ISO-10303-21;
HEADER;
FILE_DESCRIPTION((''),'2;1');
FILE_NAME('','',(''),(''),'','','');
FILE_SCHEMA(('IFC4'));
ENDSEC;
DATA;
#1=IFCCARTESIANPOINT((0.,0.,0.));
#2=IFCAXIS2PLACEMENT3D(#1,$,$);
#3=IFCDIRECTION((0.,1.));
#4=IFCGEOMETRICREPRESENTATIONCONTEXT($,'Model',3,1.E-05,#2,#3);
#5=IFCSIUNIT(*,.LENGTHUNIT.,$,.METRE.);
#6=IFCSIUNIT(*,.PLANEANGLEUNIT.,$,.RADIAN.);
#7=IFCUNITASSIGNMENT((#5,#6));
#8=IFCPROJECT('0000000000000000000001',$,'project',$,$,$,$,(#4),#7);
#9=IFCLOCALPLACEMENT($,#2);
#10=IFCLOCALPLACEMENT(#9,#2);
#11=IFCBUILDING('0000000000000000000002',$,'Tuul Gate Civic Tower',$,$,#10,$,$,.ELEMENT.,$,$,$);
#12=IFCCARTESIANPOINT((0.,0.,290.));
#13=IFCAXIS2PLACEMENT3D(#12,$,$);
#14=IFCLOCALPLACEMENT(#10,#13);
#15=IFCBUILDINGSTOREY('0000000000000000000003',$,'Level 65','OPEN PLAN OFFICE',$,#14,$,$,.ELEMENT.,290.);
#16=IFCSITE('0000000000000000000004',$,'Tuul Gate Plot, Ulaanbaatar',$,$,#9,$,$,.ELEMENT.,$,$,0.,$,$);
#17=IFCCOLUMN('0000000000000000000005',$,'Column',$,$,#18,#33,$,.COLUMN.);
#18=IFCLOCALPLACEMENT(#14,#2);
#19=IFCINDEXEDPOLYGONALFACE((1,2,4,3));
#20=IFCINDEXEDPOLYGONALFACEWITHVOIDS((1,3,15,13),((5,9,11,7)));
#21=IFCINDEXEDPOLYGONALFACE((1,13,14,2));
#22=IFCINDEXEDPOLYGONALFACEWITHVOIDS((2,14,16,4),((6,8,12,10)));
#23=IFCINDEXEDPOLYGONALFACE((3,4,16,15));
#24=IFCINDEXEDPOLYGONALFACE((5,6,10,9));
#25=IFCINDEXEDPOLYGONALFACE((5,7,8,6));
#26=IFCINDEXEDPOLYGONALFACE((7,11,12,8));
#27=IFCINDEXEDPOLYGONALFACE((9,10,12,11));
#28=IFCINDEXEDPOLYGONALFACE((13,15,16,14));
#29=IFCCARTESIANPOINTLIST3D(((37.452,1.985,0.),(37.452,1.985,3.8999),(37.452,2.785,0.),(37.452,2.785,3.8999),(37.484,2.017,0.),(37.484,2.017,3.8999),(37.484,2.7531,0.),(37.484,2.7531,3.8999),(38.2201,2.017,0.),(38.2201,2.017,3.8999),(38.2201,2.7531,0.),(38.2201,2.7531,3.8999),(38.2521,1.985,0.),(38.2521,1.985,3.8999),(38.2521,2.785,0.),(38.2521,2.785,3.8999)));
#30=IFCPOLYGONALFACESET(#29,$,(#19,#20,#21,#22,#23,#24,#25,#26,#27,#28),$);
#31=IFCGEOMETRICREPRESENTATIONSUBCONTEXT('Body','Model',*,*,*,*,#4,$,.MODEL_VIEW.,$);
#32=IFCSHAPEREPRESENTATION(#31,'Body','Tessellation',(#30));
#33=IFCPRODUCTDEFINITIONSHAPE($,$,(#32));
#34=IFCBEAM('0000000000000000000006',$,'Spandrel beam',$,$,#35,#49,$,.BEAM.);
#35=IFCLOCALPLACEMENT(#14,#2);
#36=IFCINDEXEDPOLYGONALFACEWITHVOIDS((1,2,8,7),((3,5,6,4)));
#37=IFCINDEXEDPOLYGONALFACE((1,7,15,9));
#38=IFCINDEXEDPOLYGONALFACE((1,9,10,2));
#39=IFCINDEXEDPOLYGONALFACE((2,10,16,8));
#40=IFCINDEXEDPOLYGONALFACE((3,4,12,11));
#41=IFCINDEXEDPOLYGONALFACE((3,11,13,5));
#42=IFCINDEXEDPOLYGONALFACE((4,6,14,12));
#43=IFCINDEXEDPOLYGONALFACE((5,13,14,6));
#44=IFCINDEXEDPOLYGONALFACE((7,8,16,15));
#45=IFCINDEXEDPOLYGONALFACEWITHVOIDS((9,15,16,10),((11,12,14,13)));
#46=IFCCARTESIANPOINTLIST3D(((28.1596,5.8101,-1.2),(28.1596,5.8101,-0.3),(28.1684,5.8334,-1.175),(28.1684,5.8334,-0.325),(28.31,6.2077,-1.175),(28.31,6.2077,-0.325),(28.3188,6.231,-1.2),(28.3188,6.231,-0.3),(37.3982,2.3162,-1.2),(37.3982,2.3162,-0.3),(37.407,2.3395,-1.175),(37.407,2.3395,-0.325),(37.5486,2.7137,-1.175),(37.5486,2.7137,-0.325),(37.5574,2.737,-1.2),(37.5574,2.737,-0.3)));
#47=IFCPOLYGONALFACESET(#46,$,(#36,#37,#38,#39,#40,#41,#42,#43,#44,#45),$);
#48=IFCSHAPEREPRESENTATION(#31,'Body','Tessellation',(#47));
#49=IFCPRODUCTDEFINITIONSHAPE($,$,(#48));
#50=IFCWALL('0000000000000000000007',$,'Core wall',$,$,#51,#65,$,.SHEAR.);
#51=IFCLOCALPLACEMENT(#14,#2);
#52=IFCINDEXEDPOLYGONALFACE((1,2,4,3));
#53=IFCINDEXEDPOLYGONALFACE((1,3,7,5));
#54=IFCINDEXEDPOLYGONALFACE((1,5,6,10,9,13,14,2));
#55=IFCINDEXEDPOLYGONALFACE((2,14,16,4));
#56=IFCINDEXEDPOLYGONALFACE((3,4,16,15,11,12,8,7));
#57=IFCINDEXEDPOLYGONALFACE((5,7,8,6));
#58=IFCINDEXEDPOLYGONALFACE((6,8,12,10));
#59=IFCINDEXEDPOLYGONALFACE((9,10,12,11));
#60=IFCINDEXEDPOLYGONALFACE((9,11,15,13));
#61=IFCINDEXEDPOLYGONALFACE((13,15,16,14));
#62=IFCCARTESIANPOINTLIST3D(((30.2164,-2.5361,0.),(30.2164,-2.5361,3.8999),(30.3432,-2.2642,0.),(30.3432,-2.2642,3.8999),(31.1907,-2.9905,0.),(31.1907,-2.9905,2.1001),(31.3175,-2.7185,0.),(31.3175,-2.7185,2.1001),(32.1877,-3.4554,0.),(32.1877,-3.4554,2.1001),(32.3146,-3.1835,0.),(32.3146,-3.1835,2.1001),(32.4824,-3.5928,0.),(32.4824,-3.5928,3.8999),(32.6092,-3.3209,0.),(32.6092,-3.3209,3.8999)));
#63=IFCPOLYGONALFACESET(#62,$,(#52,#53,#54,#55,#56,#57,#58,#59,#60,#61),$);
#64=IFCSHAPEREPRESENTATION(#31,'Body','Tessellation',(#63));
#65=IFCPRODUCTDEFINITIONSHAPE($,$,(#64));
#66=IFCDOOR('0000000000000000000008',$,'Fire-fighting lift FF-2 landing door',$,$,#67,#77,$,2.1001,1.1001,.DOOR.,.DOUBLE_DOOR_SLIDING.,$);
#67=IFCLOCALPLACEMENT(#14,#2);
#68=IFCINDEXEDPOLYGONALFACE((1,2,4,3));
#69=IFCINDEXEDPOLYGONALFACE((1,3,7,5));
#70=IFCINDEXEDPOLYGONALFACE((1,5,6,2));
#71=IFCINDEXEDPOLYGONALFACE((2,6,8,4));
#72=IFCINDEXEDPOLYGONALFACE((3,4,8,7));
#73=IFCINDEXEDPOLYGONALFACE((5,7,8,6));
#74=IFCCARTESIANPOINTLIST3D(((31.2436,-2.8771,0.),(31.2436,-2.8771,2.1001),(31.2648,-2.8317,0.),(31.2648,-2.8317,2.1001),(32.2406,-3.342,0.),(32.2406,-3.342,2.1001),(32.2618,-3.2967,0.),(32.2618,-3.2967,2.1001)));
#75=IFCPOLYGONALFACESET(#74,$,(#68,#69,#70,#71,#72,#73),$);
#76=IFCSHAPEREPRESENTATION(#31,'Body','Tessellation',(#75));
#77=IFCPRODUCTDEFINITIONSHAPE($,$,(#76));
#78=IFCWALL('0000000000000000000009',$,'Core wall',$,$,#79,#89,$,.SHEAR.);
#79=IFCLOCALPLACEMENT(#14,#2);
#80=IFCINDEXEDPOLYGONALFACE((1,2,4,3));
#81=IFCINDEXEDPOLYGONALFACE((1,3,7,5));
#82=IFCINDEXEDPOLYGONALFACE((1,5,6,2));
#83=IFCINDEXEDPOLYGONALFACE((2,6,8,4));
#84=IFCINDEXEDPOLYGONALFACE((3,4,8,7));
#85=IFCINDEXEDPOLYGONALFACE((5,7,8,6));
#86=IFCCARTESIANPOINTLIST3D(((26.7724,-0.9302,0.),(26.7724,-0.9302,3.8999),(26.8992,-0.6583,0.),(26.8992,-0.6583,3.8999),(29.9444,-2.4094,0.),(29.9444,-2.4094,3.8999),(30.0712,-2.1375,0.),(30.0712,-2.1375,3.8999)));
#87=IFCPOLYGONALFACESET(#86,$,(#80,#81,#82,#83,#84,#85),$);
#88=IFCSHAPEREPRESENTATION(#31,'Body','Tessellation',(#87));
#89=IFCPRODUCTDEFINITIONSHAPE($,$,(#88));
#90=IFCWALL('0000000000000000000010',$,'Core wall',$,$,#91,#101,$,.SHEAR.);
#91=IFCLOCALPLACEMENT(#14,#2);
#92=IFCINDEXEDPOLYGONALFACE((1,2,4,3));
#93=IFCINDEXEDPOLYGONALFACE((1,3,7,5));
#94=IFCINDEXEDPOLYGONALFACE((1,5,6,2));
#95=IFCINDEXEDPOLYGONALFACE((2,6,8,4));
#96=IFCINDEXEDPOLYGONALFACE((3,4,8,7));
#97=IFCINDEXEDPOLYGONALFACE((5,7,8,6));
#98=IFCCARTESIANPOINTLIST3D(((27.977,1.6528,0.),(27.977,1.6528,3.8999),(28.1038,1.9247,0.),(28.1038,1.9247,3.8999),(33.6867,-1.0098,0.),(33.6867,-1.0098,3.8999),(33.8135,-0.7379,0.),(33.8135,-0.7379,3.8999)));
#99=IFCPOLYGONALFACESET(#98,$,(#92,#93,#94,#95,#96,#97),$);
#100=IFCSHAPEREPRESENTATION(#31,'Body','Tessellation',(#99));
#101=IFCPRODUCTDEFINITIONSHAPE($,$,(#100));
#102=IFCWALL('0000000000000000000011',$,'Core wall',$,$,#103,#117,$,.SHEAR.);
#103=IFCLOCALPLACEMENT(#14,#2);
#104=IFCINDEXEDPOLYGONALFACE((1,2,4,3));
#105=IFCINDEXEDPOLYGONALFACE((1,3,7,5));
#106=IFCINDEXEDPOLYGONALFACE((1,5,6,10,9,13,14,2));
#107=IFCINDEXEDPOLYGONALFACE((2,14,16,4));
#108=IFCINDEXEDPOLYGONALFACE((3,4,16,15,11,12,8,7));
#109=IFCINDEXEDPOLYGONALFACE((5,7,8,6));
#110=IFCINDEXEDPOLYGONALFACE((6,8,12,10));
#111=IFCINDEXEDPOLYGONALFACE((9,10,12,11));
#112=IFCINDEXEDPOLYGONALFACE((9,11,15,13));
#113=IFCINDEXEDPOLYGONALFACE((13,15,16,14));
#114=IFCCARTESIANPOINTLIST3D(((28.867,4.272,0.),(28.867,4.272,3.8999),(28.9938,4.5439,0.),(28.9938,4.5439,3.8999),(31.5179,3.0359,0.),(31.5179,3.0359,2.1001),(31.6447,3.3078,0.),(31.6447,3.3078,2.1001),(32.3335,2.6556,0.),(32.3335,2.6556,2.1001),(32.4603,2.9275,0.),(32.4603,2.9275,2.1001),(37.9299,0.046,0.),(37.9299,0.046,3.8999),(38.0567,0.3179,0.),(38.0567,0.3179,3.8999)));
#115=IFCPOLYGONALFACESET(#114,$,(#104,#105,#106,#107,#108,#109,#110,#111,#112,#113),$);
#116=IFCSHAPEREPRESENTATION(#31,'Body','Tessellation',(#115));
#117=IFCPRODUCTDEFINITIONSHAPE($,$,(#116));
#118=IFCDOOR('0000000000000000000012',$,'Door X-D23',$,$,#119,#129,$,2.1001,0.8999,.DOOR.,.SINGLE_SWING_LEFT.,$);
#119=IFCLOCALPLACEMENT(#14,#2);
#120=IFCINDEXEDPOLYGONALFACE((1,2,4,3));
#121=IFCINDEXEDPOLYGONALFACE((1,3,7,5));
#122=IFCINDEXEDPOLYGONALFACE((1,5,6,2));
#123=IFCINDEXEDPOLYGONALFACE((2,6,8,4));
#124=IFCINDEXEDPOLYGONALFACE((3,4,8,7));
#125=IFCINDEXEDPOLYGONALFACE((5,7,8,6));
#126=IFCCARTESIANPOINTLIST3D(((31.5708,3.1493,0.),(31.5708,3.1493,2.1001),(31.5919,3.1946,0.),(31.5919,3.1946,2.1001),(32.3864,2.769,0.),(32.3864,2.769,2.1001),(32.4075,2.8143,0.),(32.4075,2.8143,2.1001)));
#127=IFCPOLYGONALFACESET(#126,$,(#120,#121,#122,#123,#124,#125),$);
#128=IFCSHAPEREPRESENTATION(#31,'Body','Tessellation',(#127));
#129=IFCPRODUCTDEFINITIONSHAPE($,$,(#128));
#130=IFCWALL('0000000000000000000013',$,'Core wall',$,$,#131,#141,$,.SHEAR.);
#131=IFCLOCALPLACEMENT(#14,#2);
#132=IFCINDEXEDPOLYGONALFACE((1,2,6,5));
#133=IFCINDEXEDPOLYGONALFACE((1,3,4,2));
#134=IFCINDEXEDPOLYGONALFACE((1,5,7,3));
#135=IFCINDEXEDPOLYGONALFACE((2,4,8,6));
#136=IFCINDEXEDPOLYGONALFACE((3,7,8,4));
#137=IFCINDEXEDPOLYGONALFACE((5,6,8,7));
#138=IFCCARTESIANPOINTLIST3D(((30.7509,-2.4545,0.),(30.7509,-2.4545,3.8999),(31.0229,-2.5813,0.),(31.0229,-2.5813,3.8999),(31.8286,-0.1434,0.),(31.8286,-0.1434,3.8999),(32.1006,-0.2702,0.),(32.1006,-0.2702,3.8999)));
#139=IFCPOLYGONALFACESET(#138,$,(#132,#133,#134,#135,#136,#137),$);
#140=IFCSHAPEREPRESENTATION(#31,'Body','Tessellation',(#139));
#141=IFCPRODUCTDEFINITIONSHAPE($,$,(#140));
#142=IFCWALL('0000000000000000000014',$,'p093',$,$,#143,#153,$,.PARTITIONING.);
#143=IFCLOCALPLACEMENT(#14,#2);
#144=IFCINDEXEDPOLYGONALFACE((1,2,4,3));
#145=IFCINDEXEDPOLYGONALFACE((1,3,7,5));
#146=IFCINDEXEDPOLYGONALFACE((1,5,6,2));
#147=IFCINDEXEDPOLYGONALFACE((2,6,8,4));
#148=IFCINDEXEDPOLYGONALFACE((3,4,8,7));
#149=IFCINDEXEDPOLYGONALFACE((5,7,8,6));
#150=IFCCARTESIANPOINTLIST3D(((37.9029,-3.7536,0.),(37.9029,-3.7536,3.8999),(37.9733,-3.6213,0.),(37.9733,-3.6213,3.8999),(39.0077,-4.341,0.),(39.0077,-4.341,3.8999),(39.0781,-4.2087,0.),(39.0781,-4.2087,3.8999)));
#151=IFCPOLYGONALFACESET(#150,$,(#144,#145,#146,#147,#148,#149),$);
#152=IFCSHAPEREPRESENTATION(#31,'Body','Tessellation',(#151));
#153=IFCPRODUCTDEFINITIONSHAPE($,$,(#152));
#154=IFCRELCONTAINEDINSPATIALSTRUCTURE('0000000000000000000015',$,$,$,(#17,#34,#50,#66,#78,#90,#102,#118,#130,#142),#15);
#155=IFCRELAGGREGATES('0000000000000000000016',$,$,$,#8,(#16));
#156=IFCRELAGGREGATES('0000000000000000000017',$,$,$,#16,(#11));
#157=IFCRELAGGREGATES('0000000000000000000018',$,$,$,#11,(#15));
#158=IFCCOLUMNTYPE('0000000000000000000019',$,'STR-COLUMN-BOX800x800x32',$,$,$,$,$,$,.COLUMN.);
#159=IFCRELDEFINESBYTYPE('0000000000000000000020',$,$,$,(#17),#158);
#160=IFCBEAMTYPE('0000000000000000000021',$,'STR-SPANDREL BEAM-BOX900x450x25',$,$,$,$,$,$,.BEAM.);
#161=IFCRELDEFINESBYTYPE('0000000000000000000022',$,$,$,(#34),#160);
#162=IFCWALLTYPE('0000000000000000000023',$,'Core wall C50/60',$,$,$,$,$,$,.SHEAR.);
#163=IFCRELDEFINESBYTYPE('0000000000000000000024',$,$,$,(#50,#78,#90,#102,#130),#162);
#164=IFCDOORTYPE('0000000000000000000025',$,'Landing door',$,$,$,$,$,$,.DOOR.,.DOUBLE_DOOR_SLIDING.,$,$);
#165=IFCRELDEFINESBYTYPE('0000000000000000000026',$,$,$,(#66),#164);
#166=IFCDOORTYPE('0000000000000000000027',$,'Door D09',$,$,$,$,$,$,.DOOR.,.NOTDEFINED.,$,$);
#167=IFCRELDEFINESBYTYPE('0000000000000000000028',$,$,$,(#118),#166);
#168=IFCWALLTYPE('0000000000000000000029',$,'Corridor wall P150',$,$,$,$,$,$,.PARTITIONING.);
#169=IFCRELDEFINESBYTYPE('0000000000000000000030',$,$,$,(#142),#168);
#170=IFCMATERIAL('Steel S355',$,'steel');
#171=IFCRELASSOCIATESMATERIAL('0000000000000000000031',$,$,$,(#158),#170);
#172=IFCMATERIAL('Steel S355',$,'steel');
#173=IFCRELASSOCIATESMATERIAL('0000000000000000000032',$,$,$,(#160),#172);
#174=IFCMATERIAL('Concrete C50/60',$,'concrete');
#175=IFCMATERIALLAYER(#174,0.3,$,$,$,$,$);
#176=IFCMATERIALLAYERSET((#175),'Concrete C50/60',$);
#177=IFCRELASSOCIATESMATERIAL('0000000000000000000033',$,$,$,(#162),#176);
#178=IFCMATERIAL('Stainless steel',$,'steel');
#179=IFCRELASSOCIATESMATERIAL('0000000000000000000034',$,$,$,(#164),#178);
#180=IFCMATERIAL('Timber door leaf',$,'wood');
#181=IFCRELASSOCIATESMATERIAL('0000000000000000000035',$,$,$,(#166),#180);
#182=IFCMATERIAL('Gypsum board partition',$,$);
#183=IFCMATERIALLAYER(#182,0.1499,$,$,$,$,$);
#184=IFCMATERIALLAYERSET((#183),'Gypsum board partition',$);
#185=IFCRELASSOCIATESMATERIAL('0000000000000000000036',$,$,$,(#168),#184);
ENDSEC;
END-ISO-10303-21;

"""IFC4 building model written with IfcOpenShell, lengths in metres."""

from ifc_helpers import new_model, si_unit, direction, frame, frame_2d, origin, origin_2d, place, context, subcontext, project, spatial, rectangle, hollow_rectangle, extrude, material, layer, layer_set, material_profile, profile_set, type_object, element, fill, save


model = new_model("IFC4")

# Units and contexts
model_context = context("Model", 3, precision=1e-05, world=origin(), true_north=direction((0.0, 1.0)))
body_context = subcontext(model_context, "Body", "Model", "MODEL_VIEW")
ifc_project = project(units=[si_unit("LENGTHUNIT", "METRE"), si_unit("PLANEANGLEUNIT", "RADIAN")], contexts=[model_context])

# Site, building, storey
site_placement = place(None, origin())
site = spatial("IfcSite", under=ifc_project, at=site_placement, Name="Tuul Gate Plot, Ulaanbaatar", CompositionType="ELEMENT", RefElevation=0.0)
building_placement = place(site_placement, origin())
building = spatial("IfcBuilding", under=site, at=building_placement, Name="Tuul Gate Civic Tower", CompositionType="ELEMENT")
storey_placement = place(building_placement, frame((0.0, 0.0, 290.0)))
storey = spatial("IfcBuildingStorey", under=building, at=storey_placement, Name="Level 65", Description="OPEN PLAN OFFICE", CompositionType="ELEMENT", Elevation=290.0)

# Column
ifc_material_1 = material(Name="Steel S355", Category="steel")
ifc_material_profile_1 = material_profile(ifc_material_1, hollow_rectangle(XDim=0.8, YDim=0.8, WallThickness=0.032, at=origin_2d()), Name="BOX800x800x32")
ifc_profile_set_1 = profile_set([ifc_material_profile_1], Name="Steel S355")
column_type = type_object("IfcColumnType", Name="STR-COLUMN-BOX800x800x32", PredefinedType="COLUMN", material=ifc_profile_set_1)
column_placement = place(storey_placement, frame((37.8521, 2.385, 0.0), z_axis=(0.0, 0.0, 1.0), x_axis=(1.0, 0.0, 0.0)))
element("IfcColumn", 1, at=column_placement, inside=storey, type_object=column_type, Name="Column", PredefinedType="COLUMN", context=body_context, shape_type="SweptSolid", body=[
    extrude(hollow_rectangle(XDim=0.8, YDim=0.8, WallThickness=0.032, at=origin_2d()), origin(), (0.0, 0.0, 1.0), 3.8999),
])

# Beam
ifc_material_2 = material(Name="Steel S355", Category="steel")
ifc_material_profile_2 = material_profile(ifc_material_2, hollow_rectangle(XDim=0.45, YDim=0.8999, WallThickness=0.0249, at=origin_2d()), Name="BOX900x450x25")
ifc_profile_set_2 = profile_set([ifc_material_profile_2], Name="Steel S355")
beam_type = type_object("IfcBeamType", Name="STR-SPANDREL BEAM-BOX900x450x25", PredefinedType="BEAM", material=ifc_profile_set_2)
beam_placement = place(storey_placement, frame((37.4778, 2.5266, -0.75), z_axis=(-0.935345, 0.353736, 0.0), x_axis=(-0.353736, -0.935345, 0.0)))
element("IfcBeam", 2, at=beam_placement, inside=storey, type_object=beam_type, Name="Spandrel beam", PredefinedType="BEAM", context=body_context, shape_type="SweptSolid", body=[
    extrude(hollow_rectangle(XDim=0.45, YDim=0.8999, WallThickness=0.0249, at=origin_2d()), origin(), (0.0, 0.0, 1.0), 9.8772),
])

# Wall, opening, door
ifc_material_3 = material(Name="Concrete C50/60", Category="concrete")
ifc_layer_1 = layer(ifc_material_3, 0.3)
ifc_layer_set_1 = layer_set([ifc_layer_1], Name="Concrete C50/60")
wall_type_1 = type_object("IfcWallType", Name="Core wall C50/60", PredefinedType="SHEAR", material=ifc_layer_set_1)
wall_1_placement = place(storey_placement, frame((32.5457, -3.4568, 0.0), z_axis=(0.0, 0.0, 1.0), x_axis=(-0.9063, 0.422634, 0.0)))
wall_1 = element("IfcWall", 3, at=wall_1_placement, inside=storey, type_object=wall_type_1, Name="Core wall", PredefinedType="SHEAR", context=body_context, shape_type="SweptSolid", body=[
    extrude(rectangle(XDim=2.5002, YDim=0.3, at=frame_2d((1.25, 0.0))), origin(), (0.0, 0.0, 1.0), 3.8999),
])
opening_1_placement = place(wall_1_placement, frame((0.325, 0.0, 0.0)))
opening_1 = element("IfcOpeningElement", 4, at=opening_1_placement, cuts=wall_1, PredefinedType="OPENING", context=body_context, shape_type="SweptSolid", body=[
    extrude(rectangle(XDim=1.1001, YDim=2.1001, at=frame_2d((0.55, 1.05))), frame((0.0, 0.1602, 0.0), z_axis=(0.0, -1.0, 0.0), x_axis=(1.0, 0.0, 0.0)), (0.0, 0.0, 1.0), 0.3201),
])
ifc_material_4 = material(Name="Stainless steel", Category="steel")
door_type_1 = type_object("IfcDoorType", Name="Landing door", OperationType="DOUBLE_DOOR_SLIDING", PredefinedType="DOOR", material=ifc_material_4)
door_1_placement = place(opening_1_placement, origin())
door_1 = element("IfcDoor", 5, at=door_1_placement, inside=storey, type_object=door_type_1, Name="Fire-fighting lift FF-2 landing door", OperationType="DOUBLE_DOOR_SLIDING", OverallHeight=2.1001, OverallWidth=1.1001, PredefinedType="DOOR", context=body_context, shape_type="SweptSolid", body=[
    extrude(rectangle(XDim=1.1001, YDim=2.1001, at=frame_2d((0.55, 1.05))), frame((0.0, 0.0249, 0.0), z_axis=(0.0, -1.0, 0.0), x_axis=(1.0, 0.0, 0.0)), (0.0, 0.0, 1.0), 0.05),
])
fill(opening_1, door_1)

# Walls
wall_2_placement = place(storey_placement, frame((30.0078, -2.2734, 0.0), z_axis=(0.0, 0.0, 1.0), x_axis=(-0.906301, 0.422633, 0.0)))
element("IfcWall", 6, at=wall_2_placement, inside=storey, type_object=wall_type_1, Name="Core wall", PredefinedType="SHEAR", context=body_context, shape_type="SweptSolid", body=[
    extrude(rectangle(XDim=3.5, YDim=0.3, at=frame_2d((1.75, 0.0))), origin(), (0.0, 0.0, 1.0), 3.8999),
])
wall_3_placement = place(storey_placement, frame((33.75, -0.8738, 0.0), z_axis=(0.0, 0.0, 1.0), x_axis=(-0.906301, 0.422633, 0.0)))
element("IfcWall", 7, at=wall_3_placement, inside=storey, type_object=wall_type_1, Name="Core wall", PredefinedType="SHEAR", context=body_context, shape_type="SweptSolid", body=[
    extrude(rectangle(XDim=6.3, YDim=0.3, at=frame_2d((3.1499, 0.0))), origin(), (0.0, 0.0, 1.0), 3.8999),
])

# Wall, opening, door
wall_4_placement = place(storey_placement, frame((37.9934, 0.1819, 0.0), z_axis=(0.0, 0.0, 1.0), x_axis=(-0.90631, 0.422613, 0.0)))
wall_4 = element("IfcWall", 8, at=wall_4_placement, inside=storey, type_object=wall_type_1, Name="Core wall", PredefinedType="SHEAR", context=body_context, shape_type="SweptSolid", body=[
    extrude(rectangle(XDim=9.9998, YDim=0.3, at=frame_2d((5.0, 0.0))), origin(), (0.0, 0.0, 1.0), 3.8999),
])
opening_2_placement = place(wall_4_placement, frame((6.175, 0.0, 0.0)))
opening_2 = element("IfcOpeningElement", 9, at=opening_2_placement, cuts=wall_4, PredefinedType="OPENING", context=body_context, shape_type="SweptSolid", body=[
    extrude(rectangle(XDim=0.8999, YDim=2.1001, at=frame_2d((0.45, 1.05))), frame((0.0, 0.1602, 0.0), z_axis=(0.0, -1.0, 0.0), x_axis=(1.0, 0.0, 0.0)), (0.0, 0.0, 1.0), 0.3201),
])
ifc_material_5 = material(Name="Timber door leaf", Category="wood")
door_type_2 = type_object("IfcDoorType", Name="Door D09", OperationType="NOTDEFINED", PredefinedType="DOOR", material=ifc_material_5)
door_2_placement = place(opening_2_placement, origin())
door_2 = element("IfcDoor", 10, at=door_2_placement, inside=storey, type_object=door_type_2, Name="Door X-D23", OperationType="SINGLE_SWING_LEFT", OverallHeight=2.1001, OverallWidth=0.8999, PredefinedType="DOOR", context=body_context, shape_type="SweptSolid", body=[
    extrude(rectangle(XDim=0.8999, YDim=2.1001, at=frame_2d((0.45, 1.05))), frame((0.0, 0.0249, 0.0), z_axis=(0.0, -1.0, 0.0), x_axis=(1.0, 0.0, 0.0)), (0.0, 0.0, 1.0), 0.05),
])
fill(opening_2, door_2)

# Walls
wall_5_placement = place(storey_placement, frame((30.887, -2.5178, 0.0), z_axis=(0.0, 0.0, 1.0), x_axis=(0.422613, 0.90631, 0.0)))
element("IfcWall", 11, at=wall_5_placement, inside=storey, type_object=wall_type_1, Name="Core wall", PredefinedType="SHEAR", context=body_context, shape_type="SweptSolid", body=[
    extrude(rectangle(XDim=2.55, YDim=0.3, at=frame_2d((1.2749, 0.0))), origin(), (0.0, 0.0, 1.0), 3.8999),
])
ifc_material_6 = material(Name="Gypsum board partition")
ifc_layer_2 = layer(ifc_material_6, 0.1499)
ifc_layer_set_2 = layer_set([ifc_layer_2], Name="Gypsum board partition")
wall_type_2 = type_object("IfcWallType", Name="Corridor wall P150", PredefinedType="PARTITIONING", material=ifc_layer_set_2)
wall_6_placement = place(storey_placement, frame((37.9382, -3.6875, 0.0), z_axis=(0.0, 0.0, 1.0), x_axis=(0.882946, -0.469474, 0.0)))
element("IfcWall", 12, at=wall_6_placement, inside=storey, type_object=wall_type_2, Name="p093", PredefinedType="PARTITIONING", context=body_context, shape_type="SweptSolid", body=[
    extrude(rectangle(XDim=1.2512, YDim=0.1499, at=frame_2d((0.6255, 0.0))), origin(), (0.0, 0.0, 1.0), 3.8999),
])

save(model, "model.ifc")
